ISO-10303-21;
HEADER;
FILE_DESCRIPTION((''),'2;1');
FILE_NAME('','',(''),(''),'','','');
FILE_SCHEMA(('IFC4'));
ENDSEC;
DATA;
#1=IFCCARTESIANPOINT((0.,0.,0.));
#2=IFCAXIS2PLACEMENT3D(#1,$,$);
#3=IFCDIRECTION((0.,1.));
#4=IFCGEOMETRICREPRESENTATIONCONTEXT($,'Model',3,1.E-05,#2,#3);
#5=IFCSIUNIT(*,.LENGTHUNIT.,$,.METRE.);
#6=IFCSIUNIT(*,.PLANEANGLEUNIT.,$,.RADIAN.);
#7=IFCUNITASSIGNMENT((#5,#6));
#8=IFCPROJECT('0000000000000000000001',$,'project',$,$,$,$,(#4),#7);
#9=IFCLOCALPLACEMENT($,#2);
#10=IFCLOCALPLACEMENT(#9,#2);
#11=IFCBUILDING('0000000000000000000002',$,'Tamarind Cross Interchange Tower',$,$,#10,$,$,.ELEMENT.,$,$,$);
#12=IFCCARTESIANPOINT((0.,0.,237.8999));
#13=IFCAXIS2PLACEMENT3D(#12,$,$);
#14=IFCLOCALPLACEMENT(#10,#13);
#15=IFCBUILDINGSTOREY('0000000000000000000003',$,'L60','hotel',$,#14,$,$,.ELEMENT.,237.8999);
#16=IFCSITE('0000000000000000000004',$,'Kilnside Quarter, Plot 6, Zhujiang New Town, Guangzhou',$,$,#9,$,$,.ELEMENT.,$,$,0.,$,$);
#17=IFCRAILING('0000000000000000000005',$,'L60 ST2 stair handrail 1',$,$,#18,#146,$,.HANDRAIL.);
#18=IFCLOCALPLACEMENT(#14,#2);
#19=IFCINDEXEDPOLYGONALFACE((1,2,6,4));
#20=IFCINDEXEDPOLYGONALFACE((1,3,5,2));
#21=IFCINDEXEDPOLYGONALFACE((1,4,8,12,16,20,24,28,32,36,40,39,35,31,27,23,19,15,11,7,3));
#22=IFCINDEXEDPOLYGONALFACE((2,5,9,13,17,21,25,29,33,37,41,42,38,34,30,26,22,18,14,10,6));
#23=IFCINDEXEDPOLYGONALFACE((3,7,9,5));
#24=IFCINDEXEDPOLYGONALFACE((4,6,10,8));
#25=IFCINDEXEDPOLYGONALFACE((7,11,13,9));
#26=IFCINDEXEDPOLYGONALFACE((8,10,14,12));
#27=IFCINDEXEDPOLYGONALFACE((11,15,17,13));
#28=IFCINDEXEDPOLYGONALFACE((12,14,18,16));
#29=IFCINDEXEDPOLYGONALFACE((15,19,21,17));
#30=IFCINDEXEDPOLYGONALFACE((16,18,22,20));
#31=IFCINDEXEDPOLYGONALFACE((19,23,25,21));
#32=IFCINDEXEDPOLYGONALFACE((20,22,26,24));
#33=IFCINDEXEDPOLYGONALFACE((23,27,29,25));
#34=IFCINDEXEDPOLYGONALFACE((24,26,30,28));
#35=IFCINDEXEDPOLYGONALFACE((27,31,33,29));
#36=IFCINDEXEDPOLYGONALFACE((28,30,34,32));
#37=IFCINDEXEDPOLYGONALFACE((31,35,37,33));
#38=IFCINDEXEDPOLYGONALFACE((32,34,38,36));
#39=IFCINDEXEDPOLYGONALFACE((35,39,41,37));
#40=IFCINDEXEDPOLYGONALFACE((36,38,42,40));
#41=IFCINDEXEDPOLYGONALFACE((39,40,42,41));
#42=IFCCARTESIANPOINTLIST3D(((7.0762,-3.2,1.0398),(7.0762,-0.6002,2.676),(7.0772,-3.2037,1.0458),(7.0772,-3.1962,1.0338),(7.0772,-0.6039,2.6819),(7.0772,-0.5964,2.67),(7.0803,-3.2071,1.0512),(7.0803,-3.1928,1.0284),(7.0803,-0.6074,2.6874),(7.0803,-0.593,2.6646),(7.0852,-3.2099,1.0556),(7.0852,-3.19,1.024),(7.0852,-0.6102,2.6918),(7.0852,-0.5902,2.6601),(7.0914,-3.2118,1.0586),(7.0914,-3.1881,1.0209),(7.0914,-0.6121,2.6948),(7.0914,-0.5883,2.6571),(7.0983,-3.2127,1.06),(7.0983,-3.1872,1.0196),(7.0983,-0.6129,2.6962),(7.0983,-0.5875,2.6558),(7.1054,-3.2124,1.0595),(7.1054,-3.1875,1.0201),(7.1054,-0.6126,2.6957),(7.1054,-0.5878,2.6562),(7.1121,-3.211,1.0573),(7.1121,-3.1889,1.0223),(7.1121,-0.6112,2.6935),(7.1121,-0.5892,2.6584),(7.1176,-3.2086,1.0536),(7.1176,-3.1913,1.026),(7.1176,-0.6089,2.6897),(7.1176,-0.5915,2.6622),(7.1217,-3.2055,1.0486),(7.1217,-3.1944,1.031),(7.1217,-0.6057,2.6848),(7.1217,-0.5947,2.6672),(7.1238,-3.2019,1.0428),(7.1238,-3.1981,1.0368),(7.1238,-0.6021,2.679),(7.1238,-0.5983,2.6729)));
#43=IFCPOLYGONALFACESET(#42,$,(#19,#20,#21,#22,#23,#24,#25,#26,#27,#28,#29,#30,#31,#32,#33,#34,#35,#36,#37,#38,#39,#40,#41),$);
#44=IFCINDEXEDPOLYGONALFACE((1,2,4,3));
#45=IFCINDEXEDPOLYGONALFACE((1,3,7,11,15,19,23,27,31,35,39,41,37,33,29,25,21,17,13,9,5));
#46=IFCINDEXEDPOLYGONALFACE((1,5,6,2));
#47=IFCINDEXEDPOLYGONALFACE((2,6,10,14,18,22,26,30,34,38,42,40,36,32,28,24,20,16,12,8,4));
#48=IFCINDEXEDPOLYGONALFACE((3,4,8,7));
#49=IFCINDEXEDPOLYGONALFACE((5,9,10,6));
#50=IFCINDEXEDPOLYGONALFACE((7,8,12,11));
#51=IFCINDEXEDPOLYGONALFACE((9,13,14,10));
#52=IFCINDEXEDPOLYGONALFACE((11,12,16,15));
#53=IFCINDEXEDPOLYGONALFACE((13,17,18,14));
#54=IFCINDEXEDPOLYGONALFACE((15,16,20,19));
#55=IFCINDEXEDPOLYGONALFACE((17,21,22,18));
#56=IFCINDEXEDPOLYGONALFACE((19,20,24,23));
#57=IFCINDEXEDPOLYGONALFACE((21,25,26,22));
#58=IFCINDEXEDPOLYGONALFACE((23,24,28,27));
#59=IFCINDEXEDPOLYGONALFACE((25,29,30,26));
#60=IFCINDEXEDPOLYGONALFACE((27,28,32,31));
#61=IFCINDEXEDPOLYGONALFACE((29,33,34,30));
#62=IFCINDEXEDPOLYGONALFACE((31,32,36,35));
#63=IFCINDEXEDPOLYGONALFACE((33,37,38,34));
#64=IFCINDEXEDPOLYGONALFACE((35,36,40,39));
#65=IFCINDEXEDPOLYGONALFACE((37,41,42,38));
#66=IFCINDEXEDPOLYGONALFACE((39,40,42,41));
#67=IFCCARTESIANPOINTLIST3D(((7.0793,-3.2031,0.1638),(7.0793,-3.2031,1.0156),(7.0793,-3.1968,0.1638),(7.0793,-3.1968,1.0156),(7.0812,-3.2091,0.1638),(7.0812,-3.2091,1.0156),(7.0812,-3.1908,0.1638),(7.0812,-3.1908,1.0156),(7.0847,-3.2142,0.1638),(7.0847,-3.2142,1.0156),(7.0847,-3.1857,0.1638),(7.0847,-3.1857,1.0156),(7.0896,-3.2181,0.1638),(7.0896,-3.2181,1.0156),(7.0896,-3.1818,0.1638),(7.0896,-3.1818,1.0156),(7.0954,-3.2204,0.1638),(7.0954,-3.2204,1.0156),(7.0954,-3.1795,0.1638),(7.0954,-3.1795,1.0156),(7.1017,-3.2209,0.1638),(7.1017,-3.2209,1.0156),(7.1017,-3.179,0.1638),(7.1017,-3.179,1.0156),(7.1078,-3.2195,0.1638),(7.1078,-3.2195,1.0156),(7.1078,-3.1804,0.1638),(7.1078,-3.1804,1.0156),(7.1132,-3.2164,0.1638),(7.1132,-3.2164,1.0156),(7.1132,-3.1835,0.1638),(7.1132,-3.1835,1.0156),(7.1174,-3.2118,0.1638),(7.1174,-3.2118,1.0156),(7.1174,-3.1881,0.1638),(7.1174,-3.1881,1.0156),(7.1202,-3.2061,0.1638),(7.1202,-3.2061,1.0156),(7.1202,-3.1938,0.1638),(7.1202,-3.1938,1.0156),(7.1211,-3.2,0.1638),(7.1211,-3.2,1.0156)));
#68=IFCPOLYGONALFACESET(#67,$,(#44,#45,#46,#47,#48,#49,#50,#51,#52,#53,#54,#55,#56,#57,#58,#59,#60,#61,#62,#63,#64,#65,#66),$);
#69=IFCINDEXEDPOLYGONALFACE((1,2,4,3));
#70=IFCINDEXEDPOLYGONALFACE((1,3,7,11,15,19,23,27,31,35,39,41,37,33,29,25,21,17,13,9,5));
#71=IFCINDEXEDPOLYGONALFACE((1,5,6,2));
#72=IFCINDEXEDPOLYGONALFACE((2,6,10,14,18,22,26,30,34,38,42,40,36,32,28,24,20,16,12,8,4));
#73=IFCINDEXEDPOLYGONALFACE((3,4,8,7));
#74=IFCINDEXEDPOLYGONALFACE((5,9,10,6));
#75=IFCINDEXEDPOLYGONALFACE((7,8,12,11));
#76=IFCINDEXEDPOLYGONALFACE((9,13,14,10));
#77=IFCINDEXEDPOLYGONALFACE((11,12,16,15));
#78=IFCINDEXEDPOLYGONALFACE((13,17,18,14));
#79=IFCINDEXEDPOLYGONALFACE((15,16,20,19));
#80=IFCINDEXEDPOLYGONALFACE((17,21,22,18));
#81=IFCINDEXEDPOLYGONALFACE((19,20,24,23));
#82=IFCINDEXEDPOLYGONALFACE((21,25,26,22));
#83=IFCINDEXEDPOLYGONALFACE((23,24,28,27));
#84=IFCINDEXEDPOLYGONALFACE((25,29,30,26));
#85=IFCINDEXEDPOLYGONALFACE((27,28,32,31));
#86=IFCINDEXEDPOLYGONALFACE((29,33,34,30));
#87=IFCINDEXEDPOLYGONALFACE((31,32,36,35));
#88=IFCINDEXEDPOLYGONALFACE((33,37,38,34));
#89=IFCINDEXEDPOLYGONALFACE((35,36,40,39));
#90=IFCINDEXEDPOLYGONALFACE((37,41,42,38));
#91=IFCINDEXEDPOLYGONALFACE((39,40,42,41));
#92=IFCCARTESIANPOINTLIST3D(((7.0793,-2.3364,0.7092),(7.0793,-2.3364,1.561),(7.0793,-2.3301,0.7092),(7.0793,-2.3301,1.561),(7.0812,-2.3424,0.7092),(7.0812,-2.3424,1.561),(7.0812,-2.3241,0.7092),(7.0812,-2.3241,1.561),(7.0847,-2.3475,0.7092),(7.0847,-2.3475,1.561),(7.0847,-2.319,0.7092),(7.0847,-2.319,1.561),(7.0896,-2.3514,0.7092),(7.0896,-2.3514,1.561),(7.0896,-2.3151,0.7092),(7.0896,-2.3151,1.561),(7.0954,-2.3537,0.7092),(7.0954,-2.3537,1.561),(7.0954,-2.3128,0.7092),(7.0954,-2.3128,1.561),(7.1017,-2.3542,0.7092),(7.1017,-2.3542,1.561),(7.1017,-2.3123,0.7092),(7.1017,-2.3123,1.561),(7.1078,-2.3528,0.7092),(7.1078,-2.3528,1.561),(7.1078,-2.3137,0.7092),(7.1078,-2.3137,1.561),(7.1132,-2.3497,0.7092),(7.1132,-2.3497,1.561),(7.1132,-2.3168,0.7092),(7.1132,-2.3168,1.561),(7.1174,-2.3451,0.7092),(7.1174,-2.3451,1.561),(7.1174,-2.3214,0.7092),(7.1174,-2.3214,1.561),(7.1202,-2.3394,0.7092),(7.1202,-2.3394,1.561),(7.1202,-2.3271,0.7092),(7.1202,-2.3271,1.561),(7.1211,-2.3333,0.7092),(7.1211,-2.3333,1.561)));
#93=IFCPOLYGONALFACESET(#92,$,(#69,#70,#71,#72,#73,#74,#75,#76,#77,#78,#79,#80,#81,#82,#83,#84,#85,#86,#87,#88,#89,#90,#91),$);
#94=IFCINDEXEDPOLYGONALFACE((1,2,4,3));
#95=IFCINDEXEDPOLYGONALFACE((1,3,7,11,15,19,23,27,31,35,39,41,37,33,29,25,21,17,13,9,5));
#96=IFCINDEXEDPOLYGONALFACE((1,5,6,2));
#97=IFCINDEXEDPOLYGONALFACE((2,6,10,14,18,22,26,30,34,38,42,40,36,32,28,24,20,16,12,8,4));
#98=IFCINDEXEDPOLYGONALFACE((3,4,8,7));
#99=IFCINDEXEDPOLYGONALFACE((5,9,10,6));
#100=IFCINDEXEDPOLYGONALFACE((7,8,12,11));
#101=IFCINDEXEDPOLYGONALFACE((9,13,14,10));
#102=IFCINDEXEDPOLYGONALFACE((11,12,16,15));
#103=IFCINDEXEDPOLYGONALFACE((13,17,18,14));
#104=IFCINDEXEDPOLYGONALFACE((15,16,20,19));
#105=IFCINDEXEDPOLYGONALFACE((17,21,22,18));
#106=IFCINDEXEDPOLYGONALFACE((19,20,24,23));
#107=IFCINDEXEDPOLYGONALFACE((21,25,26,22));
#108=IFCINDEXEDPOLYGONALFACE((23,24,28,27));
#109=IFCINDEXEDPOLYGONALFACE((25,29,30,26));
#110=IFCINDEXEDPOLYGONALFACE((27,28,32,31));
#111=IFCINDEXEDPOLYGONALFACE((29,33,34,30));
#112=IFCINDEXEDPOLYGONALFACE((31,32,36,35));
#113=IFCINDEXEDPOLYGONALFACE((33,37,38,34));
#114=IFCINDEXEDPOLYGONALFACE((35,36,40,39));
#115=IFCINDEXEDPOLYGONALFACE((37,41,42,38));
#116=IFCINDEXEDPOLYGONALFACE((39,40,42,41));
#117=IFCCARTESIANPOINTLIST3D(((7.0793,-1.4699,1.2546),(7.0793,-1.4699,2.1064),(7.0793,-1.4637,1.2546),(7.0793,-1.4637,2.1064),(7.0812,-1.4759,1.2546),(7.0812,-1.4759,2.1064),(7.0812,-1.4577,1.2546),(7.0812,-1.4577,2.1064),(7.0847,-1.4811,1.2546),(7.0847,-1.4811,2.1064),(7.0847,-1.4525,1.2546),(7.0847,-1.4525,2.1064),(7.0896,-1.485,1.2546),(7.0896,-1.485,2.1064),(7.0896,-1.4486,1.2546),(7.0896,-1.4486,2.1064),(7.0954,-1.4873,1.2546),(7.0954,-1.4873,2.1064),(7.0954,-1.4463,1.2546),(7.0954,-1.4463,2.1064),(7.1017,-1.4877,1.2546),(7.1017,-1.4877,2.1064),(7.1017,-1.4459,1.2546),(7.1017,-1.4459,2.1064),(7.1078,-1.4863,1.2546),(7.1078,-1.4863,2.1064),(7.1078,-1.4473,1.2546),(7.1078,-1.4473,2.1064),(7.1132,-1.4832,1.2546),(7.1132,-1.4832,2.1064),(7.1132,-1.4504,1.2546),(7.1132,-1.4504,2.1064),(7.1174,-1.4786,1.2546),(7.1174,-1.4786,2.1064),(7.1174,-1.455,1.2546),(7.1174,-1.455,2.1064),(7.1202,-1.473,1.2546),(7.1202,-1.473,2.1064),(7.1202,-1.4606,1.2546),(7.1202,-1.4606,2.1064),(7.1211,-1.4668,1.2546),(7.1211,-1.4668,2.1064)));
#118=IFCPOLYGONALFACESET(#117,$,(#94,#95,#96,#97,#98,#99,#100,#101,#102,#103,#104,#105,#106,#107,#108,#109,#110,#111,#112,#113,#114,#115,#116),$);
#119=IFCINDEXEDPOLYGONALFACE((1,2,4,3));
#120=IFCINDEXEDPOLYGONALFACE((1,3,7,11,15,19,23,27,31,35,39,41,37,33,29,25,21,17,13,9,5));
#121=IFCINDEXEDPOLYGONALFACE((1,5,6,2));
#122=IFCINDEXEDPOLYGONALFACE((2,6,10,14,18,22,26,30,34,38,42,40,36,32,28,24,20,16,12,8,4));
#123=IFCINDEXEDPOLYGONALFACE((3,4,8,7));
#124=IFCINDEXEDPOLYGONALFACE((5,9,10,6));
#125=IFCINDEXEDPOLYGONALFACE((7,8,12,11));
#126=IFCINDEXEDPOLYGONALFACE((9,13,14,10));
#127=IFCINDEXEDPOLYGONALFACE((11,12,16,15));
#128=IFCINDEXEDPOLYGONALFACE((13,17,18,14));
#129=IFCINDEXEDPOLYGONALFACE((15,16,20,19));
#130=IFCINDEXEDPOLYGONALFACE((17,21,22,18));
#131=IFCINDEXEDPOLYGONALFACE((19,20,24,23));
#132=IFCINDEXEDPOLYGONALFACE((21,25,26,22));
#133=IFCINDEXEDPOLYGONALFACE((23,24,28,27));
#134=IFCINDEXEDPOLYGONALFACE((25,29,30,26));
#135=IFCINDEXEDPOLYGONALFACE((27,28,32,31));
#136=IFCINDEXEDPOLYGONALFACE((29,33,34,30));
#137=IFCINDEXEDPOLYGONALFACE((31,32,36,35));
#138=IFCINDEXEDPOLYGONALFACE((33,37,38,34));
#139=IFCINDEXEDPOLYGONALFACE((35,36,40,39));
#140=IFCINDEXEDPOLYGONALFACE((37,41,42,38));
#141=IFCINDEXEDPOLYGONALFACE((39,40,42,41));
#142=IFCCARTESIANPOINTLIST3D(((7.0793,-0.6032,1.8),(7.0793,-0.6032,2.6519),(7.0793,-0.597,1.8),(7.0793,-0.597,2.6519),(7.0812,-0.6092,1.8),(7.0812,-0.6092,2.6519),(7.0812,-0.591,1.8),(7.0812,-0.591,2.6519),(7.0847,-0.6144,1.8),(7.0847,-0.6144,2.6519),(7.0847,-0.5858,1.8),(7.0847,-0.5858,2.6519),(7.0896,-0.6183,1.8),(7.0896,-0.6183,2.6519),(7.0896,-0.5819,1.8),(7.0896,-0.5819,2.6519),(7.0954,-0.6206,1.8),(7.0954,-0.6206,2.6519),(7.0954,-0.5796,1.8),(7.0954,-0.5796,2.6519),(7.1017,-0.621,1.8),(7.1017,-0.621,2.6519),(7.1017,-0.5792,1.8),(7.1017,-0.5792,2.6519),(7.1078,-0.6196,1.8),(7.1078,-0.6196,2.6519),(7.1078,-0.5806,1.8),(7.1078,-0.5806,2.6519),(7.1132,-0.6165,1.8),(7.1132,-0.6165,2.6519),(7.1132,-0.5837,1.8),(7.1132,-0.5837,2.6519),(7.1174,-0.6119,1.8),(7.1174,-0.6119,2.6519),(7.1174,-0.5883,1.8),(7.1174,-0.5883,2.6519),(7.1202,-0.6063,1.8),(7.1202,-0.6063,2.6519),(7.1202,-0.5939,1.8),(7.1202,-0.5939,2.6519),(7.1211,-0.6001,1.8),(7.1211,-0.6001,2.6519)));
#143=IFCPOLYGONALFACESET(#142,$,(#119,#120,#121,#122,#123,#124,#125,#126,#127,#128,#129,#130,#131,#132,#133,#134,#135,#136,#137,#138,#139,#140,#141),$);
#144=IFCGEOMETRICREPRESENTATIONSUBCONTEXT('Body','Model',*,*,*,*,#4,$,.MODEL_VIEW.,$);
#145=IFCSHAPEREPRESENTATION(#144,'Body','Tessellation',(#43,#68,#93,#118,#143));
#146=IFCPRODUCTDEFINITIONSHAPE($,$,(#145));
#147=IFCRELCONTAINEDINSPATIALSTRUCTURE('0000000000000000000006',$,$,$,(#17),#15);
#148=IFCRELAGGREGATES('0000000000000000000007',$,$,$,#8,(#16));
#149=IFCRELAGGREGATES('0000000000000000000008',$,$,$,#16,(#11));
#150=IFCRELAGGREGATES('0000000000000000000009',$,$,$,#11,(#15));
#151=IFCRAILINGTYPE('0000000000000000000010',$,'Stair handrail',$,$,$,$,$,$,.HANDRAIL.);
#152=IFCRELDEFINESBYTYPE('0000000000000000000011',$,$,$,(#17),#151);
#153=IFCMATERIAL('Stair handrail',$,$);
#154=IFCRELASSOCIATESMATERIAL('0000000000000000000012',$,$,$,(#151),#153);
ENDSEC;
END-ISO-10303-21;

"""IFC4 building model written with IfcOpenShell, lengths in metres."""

from ifc_helpers import new_model, si_unit, direction, frame, origin, origin_2d, place, context, subcontext, project, spatial, circle, extrude, material, type_object, element, save


model = new_model("IFC4")

# Units and contexts
model_context = context("Model", 3, precision=1e-05, world=origin(), true_north=direction((0.0, 1.0)))
body_context = subcontext(model_context, "Body", "Model", "MODEL_VIEW")
ifc_project = project(units=[si_unit("LENGTHUNIT", "METRE"), si_unit("PLANEANGLEUNIT", "RADIAN")], contexts=[model_context])

# Site, building, storey
site_placement = place(None, origin())
site = spatial("IfcSite", under=ifc_project, at=site_placement, Name="Kilnside Quarter, Plot 6, Zhujiang New Town, Guangzhou", CompositionType="ELEMENT", RefElevation=0.0)
building_placement = place(site_placement, origin())
building = spatial("IfcBuilding", under=site, at=building_placement, Name="Tamarind Cross Interchange Tower", CompositionType="ELEMENT")
storey_placement = place(building_placement, frame((0.0, 0.0, 237.8999)))
storey = spatial("IfcBuildingStorey", under=building, at=storey_placement, Name="L60", Description="hotel", CompositionType="ELEMENT", Elevation=237.8999)

# Railing
ifc_material_1 = material(Name="Stair handrail")
railing_type_1 = type_object("IfcRailingType", Name="Stair handrail", PredefinedType="HANDRAIL", material=ifc_material_1)
railing_1_placement = place(storey_placement, frame((7.1001, -3.2, 0.1638)))
element("IfcRailing", 1, at=railing_1_placement, inside=storey, type_object=railing_type_1, Name="L60 ST2 stair handrail 1", PredefinedType="HANDRAIL", context=body_context, shape_type="SweptSolid", body=[
    extrude(circle(Radius=0.0239, at=origin_2d()), frame((0.0, 0.0, 0.876), z_axis=(0.0, 0.846338, 0.532647), x_axis=(-1.0, 0.0, 0.0)), (0.0, 0.0, 1.0), 3.0718),
    extrude(circle(Radius=0.021, at=origin_2d()), origin(), (0.0, 0.0, 1.0), 0.8518),
    extrude(circle(Radius=0.021, at=origin_2d()), frame((0.0, 0.8667, 0.5454)), (0.0, 0.0, 1.0), 0.8518),
    extrude(circle(Radius=0.021, at=origin_2d()), frame((0.0, 1.7332, 1.0908)), (0.0, 0.0, 1.0), 0.8518),
    extrude(circle(Radius=0.021, at=origin_2d()), frame((0.0, 2.5999, 1.6362)), (0.0, 0.0, 1.0), 0.8518),
])

save(model, "model.ifc")
